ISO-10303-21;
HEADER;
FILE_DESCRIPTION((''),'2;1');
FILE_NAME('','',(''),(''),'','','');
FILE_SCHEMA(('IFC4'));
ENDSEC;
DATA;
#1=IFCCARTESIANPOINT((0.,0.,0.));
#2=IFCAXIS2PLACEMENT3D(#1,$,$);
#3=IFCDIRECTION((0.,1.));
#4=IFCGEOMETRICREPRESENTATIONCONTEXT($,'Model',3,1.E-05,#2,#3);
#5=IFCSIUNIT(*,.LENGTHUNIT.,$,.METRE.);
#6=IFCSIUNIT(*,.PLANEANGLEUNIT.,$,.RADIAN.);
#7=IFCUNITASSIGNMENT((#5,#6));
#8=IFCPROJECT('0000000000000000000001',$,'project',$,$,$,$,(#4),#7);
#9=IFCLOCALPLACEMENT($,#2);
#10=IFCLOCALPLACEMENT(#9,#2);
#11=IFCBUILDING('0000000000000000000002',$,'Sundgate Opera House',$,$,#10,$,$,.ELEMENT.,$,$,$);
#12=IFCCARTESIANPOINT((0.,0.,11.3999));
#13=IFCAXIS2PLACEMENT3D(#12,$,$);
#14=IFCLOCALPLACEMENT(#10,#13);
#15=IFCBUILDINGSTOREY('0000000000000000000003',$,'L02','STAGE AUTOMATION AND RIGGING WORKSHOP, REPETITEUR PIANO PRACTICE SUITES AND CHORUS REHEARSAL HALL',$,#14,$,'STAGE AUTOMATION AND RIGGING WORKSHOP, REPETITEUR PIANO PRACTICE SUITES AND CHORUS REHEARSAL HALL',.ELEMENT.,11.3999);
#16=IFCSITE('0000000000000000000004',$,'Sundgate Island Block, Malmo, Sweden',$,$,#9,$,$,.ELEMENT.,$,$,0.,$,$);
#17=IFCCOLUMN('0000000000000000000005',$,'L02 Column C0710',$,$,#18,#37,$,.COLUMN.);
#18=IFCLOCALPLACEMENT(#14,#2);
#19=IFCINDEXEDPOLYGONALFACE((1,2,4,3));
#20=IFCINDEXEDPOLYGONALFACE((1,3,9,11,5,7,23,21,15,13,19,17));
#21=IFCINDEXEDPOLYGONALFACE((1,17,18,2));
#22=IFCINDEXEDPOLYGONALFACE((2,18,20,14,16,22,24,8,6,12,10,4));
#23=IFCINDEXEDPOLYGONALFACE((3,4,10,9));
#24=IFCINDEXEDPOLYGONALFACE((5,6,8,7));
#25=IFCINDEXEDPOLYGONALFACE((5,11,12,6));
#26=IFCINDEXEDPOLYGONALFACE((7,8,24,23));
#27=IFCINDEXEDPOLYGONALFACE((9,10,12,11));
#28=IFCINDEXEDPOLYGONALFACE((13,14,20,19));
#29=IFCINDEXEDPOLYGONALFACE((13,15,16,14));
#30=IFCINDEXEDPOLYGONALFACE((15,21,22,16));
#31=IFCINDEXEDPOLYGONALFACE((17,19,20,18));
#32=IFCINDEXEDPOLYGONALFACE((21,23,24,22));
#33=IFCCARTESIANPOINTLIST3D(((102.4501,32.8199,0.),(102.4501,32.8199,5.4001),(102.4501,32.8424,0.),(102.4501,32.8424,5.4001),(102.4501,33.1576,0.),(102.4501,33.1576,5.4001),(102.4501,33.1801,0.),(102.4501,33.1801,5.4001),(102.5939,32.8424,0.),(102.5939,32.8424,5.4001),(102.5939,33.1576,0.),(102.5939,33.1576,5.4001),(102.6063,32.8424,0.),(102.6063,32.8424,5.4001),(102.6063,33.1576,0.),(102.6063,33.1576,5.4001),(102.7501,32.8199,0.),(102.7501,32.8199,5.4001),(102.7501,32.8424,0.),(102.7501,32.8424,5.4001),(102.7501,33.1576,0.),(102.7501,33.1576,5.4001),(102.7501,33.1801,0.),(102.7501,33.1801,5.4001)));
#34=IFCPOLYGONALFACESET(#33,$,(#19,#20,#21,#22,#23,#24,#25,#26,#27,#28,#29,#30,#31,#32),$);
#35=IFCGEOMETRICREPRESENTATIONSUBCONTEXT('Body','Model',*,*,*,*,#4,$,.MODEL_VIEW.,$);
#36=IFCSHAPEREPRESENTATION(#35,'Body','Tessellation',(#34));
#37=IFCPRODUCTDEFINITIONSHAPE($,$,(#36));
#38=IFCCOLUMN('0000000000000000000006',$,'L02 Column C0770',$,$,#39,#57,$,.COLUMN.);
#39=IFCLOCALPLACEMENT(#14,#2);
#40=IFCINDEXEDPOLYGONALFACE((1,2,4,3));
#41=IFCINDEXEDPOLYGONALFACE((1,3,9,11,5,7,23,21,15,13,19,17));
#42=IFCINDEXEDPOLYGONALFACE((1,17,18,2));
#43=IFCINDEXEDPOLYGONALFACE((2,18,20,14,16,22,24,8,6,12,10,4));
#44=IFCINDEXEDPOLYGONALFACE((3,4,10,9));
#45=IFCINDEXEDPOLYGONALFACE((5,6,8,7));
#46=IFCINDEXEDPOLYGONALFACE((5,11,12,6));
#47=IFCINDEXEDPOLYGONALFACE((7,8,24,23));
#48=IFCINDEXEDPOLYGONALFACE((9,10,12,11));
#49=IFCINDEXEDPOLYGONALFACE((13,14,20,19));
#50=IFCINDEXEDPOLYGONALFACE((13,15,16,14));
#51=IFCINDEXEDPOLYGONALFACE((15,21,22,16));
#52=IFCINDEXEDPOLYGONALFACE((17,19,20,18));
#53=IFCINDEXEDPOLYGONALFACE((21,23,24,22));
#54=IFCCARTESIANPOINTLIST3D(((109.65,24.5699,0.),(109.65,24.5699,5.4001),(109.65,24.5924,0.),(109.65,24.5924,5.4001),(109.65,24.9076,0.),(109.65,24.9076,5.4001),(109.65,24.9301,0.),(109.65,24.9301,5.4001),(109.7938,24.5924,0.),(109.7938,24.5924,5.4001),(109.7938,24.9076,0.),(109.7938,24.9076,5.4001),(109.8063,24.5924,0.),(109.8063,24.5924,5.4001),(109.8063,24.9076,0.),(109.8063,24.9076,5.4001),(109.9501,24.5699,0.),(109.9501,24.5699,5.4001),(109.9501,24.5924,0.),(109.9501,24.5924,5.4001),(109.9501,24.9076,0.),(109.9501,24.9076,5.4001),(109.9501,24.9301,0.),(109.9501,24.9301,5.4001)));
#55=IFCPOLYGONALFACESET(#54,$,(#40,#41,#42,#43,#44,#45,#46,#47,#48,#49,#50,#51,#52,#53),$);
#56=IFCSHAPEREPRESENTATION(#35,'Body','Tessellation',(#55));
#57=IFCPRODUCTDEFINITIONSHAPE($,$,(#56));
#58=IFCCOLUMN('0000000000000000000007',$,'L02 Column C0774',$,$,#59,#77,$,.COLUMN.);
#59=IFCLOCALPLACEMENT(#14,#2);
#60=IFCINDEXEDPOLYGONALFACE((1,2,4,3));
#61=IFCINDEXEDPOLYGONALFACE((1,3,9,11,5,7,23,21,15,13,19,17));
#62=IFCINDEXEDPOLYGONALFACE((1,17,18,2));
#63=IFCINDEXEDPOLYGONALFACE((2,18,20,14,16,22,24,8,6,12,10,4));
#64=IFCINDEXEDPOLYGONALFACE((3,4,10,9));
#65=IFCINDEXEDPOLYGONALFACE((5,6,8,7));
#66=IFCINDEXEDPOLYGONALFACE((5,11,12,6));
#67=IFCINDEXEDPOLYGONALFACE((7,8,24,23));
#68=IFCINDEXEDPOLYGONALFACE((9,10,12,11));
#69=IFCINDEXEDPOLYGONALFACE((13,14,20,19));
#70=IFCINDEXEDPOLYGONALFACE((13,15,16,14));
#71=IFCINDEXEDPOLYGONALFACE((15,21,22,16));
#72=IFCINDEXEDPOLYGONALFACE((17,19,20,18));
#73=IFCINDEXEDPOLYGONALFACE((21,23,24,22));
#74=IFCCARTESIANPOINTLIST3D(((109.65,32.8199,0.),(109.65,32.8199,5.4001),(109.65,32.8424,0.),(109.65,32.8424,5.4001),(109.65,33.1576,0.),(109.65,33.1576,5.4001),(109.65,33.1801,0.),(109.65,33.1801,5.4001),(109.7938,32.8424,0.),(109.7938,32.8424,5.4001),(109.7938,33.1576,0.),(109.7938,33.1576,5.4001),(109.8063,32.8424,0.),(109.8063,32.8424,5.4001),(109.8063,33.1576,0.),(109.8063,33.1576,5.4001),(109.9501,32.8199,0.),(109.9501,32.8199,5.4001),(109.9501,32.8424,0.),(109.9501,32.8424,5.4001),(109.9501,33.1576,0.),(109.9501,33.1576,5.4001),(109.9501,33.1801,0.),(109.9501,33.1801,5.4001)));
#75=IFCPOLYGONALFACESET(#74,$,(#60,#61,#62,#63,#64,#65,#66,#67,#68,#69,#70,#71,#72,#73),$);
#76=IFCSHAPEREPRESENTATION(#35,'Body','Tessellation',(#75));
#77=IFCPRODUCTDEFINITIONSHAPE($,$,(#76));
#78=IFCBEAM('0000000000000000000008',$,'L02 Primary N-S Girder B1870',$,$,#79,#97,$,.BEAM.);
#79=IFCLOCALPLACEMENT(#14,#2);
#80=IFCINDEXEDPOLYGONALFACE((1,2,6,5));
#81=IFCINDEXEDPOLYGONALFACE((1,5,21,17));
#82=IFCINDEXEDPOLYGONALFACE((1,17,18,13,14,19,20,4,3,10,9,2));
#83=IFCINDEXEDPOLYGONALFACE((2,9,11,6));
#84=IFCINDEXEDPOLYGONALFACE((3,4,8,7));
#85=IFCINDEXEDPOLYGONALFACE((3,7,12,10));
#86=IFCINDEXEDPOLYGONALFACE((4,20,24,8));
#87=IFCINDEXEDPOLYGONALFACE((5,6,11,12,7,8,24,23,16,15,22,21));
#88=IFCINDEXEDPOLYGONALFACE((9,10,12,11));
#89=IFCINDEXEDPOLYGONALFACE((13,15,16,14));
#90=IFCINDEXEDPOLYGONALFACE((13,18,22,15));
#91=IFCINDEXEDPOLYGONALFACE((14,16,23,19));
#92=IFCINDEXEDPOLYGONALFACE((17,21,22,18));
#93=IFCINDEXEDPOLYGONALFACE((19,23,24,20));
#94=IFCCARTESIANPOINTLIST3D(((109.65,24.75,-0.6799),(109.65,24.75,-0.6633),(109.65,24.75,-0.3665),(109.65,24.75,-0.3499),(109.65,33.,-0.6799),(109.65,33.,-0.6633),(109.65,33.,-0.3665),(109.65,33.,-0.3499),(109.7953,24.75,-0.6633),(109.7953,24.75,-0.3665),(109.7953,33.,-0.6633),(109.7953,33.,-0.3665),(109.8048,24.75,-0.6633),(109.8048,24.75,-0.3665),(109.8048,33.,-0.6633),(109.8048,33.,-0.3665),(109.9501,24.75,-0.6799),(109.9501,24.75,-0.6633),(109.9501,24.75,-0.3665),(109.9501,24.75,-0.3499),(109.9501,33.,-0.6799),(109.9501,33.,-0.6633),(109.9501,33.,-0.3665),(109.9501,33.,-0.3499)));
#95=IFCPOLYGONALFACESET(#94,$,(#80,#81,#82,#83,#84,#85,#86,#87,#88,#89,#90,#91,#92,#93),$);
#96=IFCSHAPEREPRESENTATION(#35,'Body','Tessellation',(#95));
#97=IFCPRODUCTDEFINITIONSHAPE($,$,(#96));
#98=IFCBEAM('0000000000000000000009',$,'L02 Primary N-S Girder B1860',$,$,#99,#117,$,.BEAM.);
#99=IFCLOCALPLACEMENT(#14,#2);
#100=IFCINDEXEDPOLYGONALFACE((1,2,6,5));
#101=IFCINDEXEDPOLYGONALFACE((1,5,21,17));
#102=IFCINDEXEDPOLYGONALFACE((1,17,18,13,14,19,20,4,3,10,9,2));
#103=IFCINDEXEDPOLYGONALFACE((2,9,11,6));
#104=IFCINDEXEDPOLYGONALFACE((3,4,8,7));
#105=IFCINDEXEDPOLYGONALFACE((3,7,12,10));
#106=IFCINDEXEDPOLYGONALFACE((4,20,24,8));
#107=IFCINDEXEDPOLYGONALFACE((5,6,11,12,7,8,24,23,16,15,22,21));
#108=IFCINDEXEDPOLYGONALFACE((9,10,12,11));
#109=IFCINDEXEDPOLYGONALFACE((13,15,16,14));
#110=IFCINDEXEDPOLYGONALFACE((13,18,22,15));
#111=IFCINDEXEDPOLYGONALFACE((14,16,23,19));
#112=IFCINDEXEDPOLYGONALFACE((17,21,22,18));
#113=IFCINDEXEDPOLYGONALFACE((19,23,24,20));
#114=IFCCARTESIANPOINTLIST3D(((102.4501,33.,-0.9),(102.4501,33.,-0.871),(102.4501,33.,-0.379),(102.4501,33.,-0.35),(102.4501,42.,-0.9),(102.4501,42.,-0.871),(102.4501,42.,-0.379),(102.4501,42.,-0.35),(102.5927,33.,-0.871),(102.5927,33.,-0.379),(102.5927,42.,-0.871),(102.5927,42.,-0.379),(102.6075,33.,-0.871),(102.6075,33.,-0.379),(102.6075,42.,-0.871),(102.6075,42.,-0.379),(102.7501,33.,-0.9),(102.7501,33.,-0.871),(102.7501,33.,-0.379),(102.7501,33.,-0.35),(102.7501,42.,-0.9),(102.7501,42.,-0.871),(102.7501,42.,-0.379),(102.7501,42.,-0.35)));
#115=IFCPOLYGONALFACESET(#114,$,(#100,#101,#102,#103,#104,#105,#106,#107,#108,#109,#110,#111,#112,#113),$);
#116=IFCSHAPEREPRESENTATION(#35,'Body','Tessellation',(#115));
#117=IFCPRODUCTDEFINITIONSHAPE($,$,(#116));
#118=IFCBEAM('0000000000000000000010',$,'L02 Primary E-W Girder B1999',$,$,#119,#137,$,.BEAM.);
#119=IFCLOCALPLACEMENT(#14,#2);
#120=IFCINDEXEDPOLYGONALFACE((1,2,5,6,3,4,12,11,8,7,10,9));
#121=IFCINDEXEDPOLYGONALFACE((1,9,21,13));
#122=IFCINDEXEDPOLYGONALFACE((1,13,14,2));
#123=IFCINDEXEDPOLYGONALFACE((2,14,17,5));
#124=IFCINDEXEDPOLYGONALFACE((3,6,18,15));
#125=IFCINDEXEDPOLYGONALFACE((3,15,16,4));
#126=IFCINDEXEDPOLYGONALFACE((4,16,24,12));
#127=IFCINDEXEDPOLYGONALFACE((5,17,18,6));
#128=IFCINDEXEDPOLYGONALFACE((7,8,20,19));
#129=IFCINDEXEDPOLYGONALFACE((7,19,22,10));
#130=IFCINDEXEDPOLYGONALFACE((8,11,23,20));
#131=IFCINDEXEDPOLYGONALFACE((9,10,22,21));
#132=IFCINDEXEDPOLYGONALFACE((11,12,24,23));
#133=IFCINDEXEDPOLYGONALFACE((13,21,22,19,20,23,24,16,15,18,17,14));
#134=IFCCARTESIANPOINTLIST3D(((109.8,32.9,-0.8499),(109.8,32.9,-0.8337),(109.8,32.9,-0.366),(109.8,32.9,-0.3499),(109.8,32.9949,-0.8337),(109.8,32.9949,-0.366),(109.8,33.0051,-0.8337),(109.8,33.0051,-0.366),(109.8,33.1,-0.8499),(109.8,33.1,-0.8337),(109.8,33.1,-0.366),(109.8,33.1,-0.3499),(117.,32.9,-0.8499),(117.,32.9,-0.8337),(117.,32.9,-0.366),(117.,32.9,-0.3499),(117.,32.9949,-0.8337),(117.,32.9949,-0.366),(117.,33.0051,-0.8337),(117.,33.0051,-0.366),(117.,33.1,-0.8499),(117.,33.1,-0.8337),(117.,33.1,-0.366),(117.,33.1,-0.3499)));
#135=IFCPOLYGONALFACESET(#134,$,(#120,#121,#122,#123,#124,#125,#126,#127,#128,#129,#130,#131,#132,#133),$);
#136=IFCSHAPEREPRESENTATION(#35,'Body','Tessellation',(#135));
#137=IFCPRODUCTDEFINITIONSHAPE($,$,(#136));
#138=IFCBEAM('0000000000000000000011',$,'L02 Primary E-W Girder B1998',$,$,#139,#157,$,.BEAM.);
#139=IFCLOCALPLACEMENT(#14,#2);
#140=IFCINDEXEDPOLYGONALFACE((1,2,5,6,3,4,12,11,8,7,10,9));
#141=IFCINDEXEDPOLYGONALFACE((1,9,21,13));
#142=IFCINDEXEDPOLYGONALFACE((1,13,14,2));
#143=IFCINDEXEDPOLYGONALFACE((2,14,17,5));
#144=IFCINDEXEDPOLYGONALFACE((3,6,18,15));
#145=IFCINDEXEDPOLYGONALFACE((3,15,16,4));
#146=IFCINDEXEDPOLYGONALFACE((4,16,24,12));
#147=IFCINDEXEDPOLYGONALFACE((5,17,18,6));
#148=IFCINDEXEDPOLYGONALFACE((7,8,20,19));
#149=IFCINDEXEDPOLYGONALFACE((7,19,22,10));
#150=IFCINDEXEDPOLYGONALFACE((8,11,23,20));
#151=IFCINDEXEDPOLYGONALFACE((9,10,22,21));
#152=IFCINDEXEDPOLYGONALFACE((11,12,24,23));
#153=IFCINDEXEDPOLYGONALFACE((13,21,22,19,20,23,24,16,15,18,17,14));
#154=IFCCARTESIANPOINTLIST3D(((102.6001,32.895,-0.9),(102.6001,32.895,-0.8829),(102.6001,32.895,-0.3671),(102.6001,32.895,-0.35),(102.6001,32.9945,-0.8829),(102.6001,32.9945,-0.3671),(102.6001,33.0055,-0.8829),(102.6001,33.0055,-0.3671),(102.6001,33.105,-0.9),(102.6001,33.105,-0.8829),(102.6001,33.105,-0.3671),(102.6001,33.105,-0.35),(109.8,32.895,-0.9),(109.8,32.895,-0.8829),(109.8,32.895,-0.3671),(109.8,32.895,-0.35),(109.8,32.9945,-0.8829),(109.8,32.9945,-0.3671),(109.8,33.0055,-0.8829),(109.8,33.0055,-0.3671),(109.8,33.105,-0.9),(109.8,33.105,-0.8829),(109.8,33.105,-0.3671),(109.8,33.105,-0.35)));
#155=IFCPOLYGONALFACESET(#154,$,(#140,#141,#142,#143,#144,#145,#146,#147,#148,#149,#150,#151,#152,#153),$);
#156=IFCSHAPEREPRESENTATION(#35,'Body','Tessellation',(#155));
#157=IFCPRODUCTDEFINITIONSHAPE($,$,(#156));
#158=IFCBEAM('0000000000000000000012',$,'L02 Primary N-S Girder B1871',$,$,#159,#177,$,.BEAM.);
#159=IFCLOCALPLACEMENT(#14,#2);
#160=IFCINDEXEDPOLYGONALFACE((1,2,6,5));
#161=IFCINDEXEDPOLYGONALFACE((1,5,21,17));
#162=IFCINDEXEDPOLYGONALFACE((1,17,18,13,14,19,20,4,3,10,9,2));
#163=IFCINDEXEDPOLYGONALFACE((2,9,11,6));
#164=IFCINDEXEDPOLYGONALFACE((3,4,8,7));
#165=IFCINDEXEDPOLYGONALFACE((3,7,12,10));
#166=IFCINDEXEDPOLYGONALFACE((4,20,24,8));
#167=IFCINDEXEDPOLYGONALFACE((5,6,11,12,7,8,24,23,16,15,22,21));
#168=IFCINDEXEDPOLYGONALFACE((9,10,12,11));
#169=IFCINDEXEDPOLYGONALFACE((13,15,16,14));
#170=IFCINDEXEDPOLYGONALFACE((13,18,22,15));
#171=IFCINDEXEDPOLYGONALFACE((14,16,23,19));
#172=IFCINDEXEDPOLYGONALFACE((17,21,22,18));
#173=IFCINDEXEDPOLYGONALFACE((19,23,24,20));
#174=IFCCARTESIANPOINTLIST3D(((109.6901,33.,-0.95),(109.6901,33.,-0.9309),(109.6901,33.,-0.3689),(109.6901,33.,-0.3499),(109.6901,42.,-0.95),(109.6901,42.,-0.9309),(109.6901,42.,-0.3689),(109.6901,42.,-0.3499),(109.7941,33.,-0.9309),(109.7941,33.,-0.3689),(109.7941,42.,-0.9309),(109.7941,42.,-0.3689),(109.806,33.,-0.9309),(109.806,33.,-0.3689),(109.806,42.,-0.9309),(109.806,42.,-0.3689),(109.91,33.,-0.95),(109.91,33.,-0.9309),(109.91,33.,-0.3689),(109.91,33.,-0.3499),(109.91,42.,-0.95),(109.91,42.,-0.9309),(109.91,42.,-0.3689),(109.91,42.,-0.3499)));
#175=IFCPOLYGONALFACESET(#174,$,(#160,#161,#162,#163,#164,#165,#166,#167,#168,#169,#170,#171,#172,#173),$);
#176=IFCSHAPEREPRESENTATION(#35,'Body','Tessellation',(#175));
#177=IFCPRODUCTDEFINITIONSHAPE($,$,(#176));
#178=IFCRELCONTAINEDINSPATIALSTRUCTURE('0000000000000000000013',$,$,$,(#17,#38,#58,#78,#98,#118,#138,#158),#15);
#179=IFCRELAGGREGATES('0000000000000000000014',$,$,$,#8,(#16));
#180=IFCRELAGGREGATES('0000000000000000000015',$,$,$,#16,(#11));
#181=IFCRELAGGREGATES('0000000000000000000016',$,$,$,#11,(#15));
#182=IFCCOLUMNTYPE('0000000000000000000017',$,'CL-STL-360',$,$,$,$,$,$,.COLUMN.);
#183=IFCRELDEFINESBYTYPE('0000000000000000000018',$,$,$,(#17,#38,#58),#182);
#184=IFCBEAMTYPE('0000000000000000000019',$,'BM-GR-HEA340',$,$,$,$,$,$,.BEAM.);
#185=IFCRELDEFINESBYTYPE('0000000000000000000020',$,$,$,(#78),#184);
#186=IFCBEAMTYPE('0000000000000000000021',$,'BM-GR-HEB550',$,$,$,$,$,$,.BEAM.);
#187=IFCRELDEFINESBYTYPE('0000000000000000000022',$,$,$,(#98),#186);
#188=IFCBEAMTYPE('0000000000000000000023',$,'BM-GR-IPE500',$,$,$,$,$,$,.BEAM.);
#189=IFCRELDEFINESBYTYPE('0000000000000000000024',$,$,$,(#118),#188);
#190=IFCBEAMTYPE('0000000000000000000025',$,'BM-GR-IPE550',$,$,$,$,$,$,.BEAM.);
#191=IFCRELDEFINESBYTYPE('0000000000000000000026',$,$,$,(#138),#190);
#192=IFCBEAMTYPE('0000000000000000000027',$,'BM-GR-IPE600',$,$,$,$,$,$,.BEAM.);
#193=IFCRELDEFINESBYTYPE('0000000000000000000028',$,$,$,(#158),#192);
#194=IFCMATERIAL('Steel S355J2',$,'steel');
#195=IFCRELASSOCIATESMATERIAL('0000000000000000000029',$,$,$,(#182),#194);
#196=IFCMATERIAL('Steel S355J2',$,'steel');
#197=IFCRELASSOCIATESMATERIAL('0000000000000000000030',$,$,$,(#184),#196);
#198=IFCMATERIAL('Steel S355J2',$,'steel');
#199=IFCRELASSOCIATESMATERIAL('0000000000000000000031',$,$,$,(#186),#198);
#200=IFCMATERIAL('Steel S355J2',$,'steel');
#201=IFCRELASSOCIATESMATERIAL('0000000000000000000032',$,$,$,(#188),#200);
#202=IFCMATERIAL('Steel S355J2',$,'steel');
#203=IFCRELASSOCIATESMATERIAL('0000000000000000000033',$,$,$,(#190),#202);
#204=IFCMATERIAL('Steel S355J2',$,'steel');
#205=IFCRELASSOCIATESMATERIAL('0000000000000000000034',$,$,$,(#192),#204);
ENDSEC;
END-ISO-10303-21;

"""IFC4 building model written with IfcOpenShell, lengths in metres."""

from ifc_helpers import new_model, si_unit, direction, frame, origin, origin_2d, place, context, subcontext, project, spatial, i_section, extrude, material, material_profile, profile_set, type_object, element, save


model = new_model("IFC4")

# Units and contexts
model_context = context("Model", 3, precision=1e-05, world=origin(), true_north=direction((0.0, 1.0)))
body_context = subcontext(model_context, "Body", "Model", "MODEL_VIEW")
ifc_project = project(units=[si_unit("LENGTHUNIT", "METRE"), si_unit("PLANEANGLEUNIT", "RADIAN")], contexts=[model_context])

# Site, building, storey
site_placement = place(None, origin())
site = spatial("IfcSite", under=ifc_project, at=site_placement, Name="Sundgate Island Block, Malmo, Sweden", CompositionType="ELEMENT", RefElevation=0.0)
building_placement = place(site_placement, origin())
building = spatial("IfcBuilding", under=site, at=building_placement, Name="Sundgate Opera House", CompositionType="ELEMENT")
storey_placement = place(building_placement, frame((0.0, 0.0, 11.3999)))
storey = spatial("IfcBuildingStorey", under=building, at=storey_placement, Name="L02", Description="STAGE AUTOMATION AND RIGGING WORKSHOP, REPETITEUR PIANO PRACTICE SUITES AND CHORUS REHEARSAL HALL", LongName="STAGE AUTOMATION AND RIGGING WORKSHOP, REPETITEUR PIANO PRACTICE SUITES AND CHORUS REHEARSAL HALL", CompositionType="ELEMENT", Elevation=11.3999)

# Columns
ifc_material_1 = material(Name="Steel S355J2", Category="steel")
ifc_material_profile_1 = material_profile(ifc_material_1, i_section(OverallWidth=0.3, OverallDepth=0.3601, WebThickness=0.0125, FlangeThickness=0.0225, at=origin_2d()), Name="HEB 360")
ifc_profile_set_1 = profile_set([ifc_material_profile_1], Name="Steel S355J2")
column_type = type_object("IfcColumnType", Name="CL-STL-360", PredefinedType="COLUMN", material=ifc_profile_set_1)
for number, where, z_axis, x_axis, name in (
    (1, (102.6001, 33.0, 0.0), (0.0, 0.0, 1.0), (1.0, 0.0, 0.0), "L02 Column C0710"),
    (2, (109.8, 24.75, 0.0), (0.0, 0.0, 1.0), (1.0, 0.0, 0.0), "L02 Column C0770"),
    (3, (109.8, 33.0, 0.0), (0.0, 0.0, 1.0), (1.0, 0.0, 0.0), "L02 Column C0774"),
):
    element("IfcColumn", number, at=place(storey_placement, frame(where, z_axis=z_axis, x_axis=x_axis)), inside=storey, type_object=column_type, Name=name, PredefinedType="COLUMN", context=body_context, shape_type="SweptSolid", body=[
        extrude(i_section(OverallWidth=0.3, OverallDepth=0.3601, WebThickness=0.0125, FlangeThickness=0.0225, at=origin_2d()), origin(), (0.0, 0.0, 1.0), 5.4001),
    ])

# Beams
ifc_material_2 = material(Name="Steel S355J2", Category="steel")
ifc_material_profile_2 = material_profile(ifc_material_2, i_section(OverallWidth=0.3, OverallDepth=0.3301, WebThickness=0.0095, FlangeThickness=0.0166, at=origin_2d()), Name="HEA 340")
ifc_profile_set_2 = profile_set([ifc_material_profile_2], Name="Steel S355J2")
beam_type_1 = type_object("IfcBeamType", Name="BM-GR-HEA340", PredefinedType="BEAM", material=ifc_profile_set_2)
beam_1_placement = place(storey_placement, frame((109.8, 24.75, -0.5149), z_axis=(0.0, 1.0, 0.0), x_axis=(-1.0, 0.0, 0.0)))
element("IfcBeam", 4, at=beam_1_placement, inside=storey, type_object=beam_type_1, Name="L02 Primary N-S Girder B1870", PredefinedType="BEAM", context=body_context, shape_type="SweptSolid", body=[
    extrude(i_section(OverallWidth=0.3, OverallDepth=0.3301, WebThickness=0.0095, FlangeThickness=0.0166, at=origin_2d()), origin(), (0.0, 0.0, 1.0), 8.25),
])
ifc_material_3 = material(Name="Steel S355J2", Category="steel")
ifc_material_profile_3 = material_profile(ifc_material_3, i_section(OverallWidth=0.3, OverallDepth=0.55, WebThickness=0.0149, FlangeThickness=0.0291, at=origin_2d()), Name="HEB 550")
ifc_profile_set_3 = profile_set([ifc_material_profile_3], Name="Steel S355J2")
beam_type_2 = type_object("IfcBeamType", Name="BM-GR-HEB550", PredefinedType="BEAM", material=ifc_profile_set_3)
beam_2_placement = place(storey_placement, frame((102.6001, 33.0, -0.625), z_axis=(0.0, 1.0, 0.0), x_axis=(-1.0, 0.0, 0.0)))
element("IfcBeam", 5, at=beam_2_placement, inside=storey, type_object=beam_type_2, Name="L02 Primary N-S Girder B1860", PredefinedType="BEAM", context=body_context, shape_type="SweptSolid", body=[
    extrude(i_section(OverallWidth=0.3, OverallDepth=0.55, WebThickness=0.0149, FlangeThickness=0.0291, at=origin_2d()), origin(), (0.0, 0.0, 1.0), 9.0),
])
ifc_material_4 = material(Name="Steel S355J2", Category="steel")
ifc_material_profile_4 = material_profile(ifc_material_4, i_section(OverallWidth=0.2, OverallDepth=0.5, WebThickness=0.0103, FlangeThickness=0.0161, at=origin_2d()), Name="IPE 500")
ifc_profile_set_4 = profile_set([ifc_material_profile_4], Name="Steel S355J2")
beam_type_3 = type_object("IfcBeamType", Name="BM-GR-IPE500", PredefinedType="BEAM", material=ifc_profile_set_4)
beam_3_placement = place(storey_placement, frame((109.8, 33.0, -0.5999), z_axis=(1.0, 0.0, 0.0), x_axis=(0.0, 1.0, 0.0)))
element("IfcBeam", 6, at=beam_3_placement, inside=storey, type_object=beam_type_3, Name="L02 Primary E-W Girder B1999", PredefinedType="BEAM", context=body_context, shape_type="SweptSolid", body=[
    extrude(i_section(OverallWidth=0.2, OverallDepth=0.5, WebThickness=0.0103, FlangeThickness=0.0161, at=origin_2d()), origin(), (0.0, 0.0, 1.0), 7.2),
])
ifc_material_5 = material(Name="Steel S355J2", Category="steel")
ifc_material_profile_5 = material_profile(ifc_material_5, i_section(OverallWidth=0.21, OverallDepth=0.55, WebThickness=0.011, FlangeThickness=0.0171, at=origin_2d()), Name="IPE 550")
ifc_profile_set_5 = profile_set([ifc_material_profile_5], Name="Steel S355J2")
beam_type_4 = type_object("IfcBeamType", Name="BM-GR-IPE550", PredefinedType="BEAM", material=ifc_profile_set_5)
beam_4_placement = place(storey_placement, frame((102.6001, 33.0, -0.625), z_axis=(1.0, 0.0, 0.0), x_axis=(0.0, 1.0, 0.0)))
element("IfcBeam", 7, at=beam_4_placement, inside=storey, type_object=beam_type_4, Name="L02 Primary E-W Girder B1998", PredefinedType="BEAM", context=body_context, shape_type="SweptSolid", body=[
    extrude(i_section(OverallWidth=0.21, OverallDepth=0.55, WebThickness=0.011, FlangeThickness=0.0171, at=origin_2d()), origin(), (0.0, 0.0, 1.0), 7.2),
])
ifc_material_6 = material(Name="Steel S355J2", Category="steel")
ifc_material_profile_6 = material_profile(ifc_material_6, i_section(OverallWidth=0.22, OverallDepth=0.6001, WebThickness=0.012, FlangeThickness=0.019, at=origin_2d()), Name="IPE 600")
ifc_profile_set_6 = profile_set([ifc_material_profile_6], Name="Steel S355J2")
beam_type_5 = type_object("IfcBeamType", Name="BM-GR-IPE600", PredefinedType="BEAM", material=ifc_profile_set_6)
beam_5_placement = place(storey_placement, frame((109.8, 33.0, -0.6499), z_axis=(0.0, 1.0, 0.0), x_axis=(-1.0, 0.0, 0.0)))
element("IfcBeam", 8, at=beam_5_placement, inside=storey, type_object=beam_type_5, Name="L02 Primary N-S Girder B1871", PredefinedType="BEAM", context=body_context, shape_type="SweptSolid", body=[
    extrude(i_section(OverallWidth=0.22, OverallDepth=0.6001, WebThickness=0.012, FlangeThickness=0.019, at=origin_2d()), origin(), (0.0, 0.0, 1.0), 9.0),
])

save(model, "model.ifc")
